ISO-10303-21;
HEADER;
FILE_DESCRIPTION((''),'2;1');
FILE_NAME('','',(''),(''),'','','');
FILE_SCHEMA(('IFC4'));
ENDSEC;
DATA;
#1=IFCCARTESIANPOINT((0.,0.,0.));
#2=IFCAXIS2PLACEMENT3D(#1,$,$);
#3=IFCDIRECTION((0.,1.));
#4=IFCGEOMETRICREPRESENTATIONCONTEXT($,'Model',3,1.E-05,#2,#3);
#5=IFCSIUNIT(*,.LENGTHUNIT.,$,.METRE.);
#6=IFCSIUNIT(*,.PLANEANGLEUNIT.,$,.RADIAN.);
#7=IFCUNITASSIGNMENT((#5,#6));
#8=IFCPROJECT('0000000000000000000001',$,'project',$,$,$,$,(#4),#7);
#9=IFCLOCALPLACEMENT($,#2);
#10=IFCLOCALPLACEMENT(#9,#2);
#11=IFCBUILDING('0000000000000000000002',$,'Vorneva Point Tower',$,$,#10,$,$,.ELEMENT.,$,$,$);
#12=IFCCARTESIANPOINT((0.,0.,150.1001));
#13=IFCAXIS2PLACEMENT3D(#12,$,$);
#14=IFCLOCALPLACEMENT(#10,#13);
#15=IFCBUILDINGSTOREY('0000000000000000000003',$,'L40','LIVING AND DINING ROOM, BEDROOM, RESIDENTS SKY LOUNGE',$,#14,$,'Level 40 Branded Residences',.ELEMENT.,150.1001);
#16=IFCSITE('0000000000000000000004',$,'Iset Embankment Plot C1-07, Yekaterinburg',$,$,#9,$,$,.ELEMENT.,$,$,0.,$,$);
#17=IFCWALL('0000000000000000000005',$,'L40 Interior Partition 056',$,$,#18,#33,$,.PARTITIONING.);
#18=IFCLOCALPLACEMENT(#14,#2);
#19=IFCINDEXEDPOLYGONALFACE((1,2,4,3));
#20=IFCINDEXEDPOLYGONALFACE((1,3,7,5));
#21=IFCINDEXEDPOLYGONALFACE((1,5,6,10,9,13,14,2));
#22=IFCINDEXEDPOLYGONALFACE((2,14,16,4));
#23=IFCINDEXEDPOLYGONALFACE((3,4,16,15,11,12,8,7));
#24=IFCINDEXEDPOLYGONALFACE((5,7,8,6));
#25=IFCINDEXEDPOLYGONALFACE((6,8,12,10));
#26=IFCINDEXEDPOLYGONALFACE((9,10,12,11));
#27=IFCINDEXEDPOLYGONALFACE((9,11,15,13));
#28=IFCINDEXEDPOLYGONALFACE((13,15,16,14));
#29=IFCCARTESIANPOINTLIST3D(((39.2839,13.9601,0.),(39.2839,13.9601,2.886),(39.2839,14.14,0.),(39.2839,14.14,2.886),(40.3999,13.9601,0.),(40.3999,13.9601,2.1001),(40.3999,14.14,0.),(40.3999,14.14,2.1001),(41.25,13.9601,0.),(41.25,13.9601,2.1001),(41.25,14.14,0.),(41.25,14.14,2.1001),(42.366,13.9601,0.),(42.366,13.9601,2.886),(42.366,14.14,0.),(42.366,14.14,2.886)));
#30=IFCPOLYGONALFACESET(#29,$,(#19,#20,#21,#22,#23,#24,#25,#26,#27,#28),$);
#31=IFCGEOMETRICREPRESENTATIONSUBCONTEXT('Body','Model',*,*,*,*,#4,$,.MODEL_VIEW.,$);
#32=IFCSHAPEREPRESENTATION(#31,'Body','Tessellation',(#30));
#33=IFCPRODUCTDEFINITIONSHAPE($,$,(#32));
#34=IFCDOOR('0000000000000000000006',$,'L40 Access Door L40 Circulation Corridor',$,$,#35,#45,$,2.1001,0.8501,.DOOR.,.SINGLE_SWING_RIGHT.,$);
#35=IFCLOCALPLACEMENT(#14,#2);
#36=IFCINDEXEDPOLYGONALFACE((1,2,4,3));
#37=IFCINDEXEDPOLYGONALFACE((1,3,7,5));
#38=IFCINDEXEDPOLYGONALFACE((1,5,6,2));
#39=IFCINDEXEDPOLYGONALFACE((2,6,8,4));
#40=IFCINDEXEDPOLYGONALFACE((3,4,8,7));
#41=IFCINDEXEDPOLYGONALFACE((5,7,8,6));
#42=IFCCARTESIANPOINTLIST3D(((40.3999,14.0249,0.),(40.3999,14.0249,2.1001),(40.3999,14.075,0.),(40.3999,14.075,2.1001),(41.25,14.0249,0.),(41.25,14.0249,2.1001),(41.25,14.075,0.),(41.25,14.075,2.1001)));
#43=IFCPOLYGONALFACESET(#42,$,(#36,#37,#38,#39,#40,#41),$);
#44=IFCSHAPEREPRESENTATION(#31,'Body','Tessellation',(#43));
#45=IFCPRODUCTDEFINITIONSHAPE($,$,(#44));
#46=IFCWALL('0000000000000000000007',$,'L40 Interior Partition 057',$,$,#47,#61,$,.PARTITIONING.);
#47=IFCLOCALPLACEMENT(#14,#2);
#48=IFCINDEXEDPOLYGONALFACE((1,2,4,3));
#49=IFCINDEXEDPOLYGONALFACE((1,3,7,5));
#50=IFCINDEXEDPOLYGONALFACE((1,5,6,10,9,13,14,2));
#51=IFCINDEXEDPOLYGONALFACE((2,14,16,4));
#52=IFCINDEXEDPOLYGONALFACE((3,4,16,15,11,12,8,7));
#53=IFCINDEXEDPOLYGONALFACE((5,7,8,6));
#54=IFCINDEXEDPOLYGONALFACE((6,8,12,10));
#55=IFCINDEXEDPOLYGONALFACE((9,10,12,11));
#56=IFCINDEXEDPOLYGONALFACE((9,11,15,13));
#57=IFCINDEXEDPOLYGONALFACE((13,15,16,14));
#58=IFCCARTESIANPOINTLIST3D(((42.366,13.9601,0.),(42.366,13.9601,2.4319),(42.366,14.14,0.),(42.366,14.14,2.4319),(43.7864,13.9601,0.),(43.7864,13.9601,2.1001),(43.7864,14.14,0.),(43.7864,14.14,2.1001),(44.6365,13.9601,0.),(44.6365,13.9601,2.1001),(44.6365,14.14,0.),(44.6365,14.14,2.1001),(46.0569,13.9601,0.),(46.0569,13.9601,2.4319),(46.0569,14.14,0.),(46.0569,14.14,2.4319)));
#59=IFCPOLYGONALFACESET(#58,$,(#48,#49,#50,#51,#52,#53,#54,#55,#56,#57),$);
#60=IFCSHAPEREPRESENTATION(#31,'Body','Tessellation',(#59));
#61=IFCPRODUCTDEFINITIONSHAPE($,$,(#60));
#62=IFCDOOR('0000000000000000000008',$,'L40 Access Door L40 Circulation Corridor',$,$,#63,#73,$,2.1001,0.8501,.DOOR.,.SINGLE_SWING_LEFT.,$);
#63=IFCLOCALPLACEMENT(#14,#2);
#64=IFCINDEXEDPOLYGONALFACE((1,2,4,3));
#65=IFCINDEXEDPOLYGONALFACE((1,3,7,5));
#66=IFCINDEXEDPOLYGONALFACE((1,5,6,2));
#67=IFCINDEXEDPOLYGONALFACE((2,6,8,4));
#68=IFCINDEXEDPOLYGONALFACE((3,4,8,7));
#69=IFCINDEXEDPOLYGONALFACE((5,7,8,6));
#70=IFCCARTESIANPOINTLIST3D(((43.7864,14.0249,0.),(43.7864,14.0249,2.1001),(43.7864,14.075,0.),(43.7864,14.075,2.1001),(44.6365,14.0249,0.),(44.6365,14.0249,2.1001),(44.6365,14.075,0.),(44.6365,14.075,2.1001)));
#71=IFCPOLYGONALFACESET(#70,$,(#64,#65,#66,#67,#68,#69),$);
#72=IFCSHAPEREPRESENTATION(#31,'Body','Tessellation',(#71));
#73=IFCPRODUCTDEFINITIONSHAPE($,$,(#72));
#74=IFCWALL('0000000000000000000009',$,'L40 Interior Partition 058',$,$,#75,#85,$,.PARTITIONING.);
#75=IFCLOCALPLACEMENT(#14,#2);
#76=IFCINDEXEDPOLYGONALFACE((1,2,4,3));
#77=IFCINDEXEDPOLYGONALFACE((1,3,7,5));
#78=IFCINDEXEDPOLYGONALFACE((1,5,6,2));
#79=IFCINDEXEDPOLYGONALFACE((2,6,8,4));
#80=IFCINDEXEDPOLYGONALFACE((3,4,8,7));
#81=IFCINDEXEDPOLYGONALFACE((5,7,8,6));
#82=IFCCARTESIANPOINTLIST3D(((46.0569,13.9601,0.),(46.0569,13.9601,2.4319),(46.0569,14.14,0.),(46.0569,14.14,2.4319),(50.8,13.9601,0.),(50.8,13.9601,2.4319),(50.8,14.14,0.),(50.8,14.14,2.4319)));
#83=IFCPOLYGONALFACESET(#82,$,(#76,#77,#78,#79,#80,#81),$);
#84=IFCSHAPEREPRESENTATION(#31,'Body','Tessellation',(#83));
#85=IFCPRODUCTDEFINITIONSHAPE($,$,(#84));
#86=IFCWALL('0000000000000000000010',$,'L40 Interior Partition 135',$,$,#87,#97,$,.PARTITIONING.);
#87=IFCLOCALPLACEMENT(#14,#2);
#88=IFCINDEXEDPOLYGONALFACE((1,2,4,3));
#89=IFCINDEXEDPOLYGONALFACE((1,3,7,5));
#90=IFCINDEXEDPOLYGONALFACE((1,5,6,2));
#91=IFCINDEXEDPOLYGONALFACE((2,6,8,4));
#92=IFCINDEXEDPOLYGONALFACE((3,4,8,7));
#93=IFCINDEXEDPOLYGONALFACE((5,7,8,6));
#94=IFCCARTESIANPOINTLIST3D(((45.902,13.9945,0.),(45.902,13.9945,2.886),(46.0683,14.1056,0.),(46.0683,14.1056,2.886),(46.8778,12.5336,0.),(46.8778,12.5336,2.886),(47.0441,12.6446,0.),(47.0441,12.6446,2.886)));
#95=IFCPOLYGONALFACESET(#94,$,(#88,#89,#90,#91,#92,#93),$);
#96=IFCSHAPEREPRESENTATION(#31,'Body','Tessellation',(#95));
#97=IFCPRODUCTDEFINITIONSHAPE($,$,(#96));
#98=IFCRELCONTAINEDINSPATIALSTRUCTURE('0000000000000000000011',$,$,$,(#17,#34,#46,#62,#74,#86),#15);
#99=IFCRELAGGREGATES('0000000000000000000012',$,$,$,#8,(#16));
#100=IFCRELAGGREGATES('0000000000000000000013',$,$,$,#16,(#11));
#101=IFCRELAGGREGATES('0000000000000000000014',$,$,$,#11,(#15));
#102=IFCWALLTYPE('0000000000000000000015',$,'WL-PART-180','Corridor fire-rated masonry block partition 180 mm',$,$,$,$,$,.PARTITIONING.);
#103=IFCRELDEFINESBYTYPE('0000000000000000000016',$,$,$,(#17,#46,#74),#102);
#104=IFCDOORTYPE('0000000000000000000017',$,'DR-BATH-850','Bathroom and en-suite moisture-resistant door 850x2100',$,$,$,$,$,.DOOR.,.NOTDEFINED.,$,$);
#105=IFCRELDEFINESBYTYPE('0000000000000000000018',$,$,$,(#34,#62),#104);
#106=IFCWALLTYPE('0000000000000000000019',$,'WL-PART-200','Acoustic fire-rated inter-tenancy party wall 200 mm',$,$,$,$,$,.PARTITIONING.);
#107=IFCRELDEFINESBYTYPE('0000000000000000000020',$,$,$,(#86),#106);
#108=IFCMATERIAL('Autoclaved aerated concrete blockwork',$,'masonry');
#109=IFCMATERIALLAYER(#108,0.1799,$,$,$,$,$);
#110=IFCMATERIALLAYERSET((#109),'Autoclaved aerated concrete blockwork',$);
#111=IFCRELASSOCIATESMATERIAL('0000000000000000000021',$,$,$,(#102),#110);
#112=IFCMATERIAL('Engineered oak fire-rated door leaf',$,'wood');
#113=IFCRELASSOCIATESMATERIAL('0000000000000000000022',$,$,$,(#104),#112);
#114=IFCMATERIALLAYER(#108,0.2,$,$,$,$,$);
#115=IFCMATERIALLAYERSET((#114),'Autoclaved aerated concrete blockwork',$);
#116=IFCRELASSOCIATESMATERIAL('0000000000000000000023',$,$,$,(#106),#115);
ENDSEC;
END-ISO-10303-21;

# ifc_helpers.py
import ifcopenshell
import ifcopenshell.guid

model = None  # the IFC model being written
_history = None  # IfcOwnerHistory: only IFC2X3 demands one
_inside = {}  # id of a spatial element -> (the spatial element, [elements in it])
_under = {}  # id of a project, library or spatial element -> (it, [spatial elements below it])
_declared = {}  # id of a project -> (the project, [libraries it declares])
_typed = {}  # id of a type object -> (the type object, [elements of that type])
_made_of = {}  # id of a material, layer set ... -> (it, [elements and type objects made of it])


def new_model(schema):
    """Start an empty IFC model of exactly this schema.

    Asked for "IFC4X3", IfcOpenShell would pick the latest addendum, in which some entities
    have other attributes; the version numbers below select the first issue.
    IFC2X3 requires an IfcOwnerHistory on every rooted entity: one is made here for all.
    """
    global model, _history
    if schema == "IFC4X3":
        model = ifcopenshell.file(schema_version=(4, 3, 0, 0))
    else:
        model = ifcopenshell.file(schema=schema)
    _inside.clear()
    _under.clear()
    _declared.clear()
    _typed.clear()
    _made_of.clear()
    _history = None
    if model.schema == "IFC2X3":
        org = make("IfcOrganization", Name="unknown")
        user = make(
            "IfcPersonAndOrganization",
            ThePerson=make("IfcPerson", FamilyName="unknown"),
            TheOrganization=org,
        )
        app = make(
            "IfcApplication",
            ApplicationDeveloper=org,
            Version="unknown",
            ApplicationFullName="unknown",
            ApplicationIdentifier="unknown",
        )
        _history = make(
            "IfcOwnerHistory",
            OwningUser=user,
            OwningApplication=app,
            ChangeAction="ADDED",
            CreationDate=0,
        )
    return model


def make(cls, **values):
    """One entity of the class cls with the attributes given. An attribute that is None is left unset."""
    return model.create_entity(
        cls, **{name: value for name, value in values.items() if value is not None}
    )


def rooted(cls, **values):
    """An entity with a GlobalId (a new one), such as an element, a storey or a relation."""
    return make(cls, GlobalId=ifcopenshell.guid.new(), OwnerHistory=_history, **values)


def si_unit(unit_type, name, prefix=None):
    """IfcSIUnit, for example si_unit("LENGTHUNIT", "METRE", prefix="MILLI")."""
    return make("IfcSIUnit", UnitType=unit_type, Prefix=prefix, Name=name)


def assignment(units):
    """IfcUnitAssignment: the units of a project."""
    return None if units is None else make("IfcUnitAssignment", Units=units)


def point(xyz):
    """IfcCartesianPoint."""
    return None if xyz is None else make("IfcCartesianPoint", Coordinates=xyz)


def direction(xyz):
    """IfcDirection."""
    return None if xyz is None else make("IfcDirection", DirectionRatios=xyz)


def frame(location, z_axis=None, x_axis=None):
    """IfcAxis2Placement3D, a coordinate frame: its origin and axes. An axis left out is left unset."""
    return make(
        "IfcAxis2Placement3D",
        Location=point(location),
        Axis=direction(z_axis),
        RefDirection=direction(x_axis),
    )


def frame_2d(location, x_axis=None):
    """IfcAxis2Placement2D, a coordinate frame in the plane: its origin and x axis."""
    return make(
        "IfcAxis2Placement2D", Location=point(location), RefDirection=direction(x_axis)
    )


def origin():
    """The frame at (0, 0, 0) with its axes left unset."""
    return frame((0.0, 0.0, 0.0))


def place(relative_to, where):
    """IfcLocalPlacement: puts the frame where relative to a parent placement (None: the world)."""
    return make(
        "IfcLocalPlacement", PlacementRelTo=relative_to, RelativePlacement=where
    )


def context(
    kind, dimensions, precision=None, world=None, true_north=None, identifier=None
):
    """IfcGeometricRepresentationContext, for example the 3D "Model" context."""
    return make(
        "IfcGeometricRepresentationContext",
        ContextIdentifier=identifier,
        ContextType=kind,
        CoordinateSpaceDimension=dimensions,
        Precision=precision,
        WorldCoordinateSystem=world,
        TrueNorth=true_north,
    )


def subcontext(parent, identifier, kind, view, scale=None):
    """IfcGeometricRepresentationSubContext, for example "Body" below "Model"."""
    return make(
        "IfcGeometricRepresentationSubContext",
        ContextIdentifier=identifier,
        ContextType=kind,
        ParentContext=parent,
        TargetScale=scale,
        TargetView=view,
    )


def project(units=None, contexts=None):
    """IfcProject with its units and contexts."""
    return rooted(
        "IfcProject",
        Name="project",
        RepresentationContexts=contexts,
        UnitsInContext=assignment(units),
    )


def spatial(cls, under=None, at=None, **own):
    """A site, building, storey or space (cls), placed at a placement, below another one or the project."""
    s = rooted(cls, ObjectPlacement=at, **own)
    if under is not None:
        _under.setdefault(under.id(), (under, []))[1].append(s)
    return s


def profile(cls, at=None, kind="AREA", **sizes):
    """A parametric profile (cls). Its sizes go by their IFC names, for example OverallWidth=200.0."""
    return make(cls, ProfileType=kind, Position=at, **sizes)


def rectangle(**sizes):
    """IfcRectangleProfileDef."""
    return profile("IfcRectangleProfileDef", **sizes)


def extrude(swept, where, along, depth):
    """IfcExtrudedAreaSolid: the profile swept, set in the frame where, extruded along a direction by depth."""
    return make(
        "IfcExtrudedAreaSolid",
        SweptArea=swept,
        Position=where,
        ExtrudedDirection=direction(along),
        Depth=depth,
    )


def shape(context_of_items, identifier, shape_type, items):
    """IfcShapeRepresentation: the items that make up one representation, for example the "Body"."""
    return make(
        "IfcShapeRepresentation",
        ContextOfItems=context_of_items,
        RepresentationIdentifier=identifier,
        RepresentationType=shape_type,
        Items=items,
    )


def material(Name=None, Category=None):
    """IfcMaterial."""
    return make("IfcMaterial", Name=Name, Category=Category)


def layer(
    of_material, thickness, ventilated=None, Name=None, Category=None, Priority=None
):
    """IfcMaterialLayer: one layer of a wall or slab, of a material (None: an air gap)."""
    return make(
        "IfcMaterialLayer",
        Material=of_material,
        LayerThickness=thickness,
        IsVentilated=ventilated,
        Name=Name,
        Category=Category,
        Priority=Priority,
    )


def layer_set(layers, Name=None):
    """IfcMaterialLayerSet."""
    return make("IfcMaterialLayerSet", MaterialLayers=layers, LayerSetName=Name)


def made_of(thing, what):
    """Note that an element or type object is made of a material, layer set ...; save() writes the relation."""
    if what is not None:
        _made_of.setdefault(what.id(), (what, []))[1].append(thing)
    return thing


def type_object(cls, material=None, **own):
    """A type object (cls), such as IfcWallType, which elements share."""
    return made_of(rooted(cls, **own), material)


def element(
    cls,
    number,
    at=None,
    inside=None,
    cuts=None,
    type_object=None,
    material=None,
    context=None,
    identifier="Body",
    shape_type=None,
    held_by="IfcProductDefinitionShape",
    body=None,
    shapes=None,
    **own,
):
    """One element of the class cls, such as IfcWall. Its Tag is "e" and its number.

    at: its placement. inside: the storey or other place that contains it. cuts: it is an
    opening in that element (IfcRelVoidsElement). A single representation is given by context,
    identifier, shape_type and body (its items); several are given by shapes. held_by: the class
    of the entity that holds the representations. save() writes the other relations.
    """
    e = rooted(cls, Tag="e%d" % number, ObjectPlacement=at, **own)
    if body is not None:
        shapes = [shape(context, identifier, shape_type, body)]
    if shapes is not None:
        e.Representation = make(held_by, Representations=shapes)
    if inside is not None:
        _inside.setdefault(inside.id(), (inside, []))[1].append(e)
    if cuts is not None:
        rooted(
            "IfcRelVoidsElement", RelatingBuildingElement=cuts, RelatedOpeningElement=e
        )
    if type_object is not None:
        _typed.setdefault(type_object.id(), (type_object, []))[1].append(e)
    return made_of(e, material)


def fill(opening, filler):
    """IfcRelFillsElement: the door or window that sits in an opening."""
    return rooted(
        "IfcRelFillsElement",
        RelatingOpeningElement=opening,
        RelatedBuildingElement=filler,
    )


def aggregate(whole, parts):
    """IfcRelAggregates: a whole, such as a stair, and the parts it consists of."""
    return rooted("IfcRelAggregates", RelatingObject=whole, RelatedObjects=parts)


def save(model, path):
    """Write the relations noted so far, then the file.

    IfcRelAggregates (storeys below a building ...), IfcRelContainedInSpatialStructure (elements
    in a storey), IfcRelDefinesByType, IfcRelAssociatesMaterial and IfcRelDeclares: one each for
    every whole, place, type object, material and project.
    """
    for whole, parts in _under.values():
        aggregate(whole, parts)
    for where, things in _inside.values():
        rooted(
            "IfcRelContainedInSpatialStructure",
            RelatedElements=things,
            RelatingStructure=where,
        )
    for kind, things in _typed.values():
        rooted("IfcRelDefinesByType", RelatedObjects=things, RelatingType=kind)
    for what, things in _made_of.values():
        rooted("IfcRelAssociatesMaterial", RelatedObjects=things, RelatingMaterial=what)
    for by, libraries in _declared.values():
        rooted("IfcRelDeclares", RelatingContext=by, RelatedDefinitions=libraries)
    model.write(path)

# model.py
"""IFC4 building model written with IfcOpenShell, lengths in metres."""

from ifc_helpers import new_model, si_unit, direction, frame, frame_2d, origin, place, context, subcontext, project, spatial, rectangle, extrude, material, layer, layer_set, type_object, element, fill, save


model = new_model("IFC4")

# Units and contexts
model_context = context("Model", 3, precision=1e-05, world=origin(), true_north=direction((0.0, 1.0)))
body_context = subcontext(model_context, "Body", "Model", "MODEL_VIEW")
ifc_project = project(units=[si_unit("LENGTHUNIT", "METRE"), si_unit("PLANEANGLEUNIT", "RADIAN")], contexts=[model_context])

# Site, building, storey
site_placement = place(None, origin())
site = spatial("IfcSite", under=ifc_project, at=site_placement, Name="Iset Embankment Plot C1-07, Yekaterinburg", CompositionType="ELEMENT", RefElevation=0.0)
building_placement = place(site_placement, origin())
building = spatial("IfcBuilding", under=site, at=building_placement, Name="Vorneva Point Tower", CompositionType="ELEMENT")
storey_placement = place(building_placement, frame((0.0, 0.0, 150.1001)))
storey = spatial("IfcBuildingStorey", under=building, at=storey_placement, Name="L40", Description="LIVING AND DINING ROOM, BEDROOM, RESIDENTS SKY LOUNGE", LongName="Level 40 Branded Residences", CompositionType="ELEMENT", Elevation=150.1001)

# Walls, openings, doors
ifc_material_1 = material(Name="Autoclaved aerated concrete blockwork", Category="masonry")
ifc_layer_1 = layer(ifc_material_1, 0.1799)
ifc_layer_set_1 = layer_set([ifc_layer_1], Name="Autoclaved aerated concrete blockwork")
wall_type_1 = type_object("IfcWallType", Name="WL-PART-180", Description="Corridor fire-rated masonry block partition 180 mm", PredefinedType="PARTITIONING", material=ifc_layer_set_1)
wall_1_placement = place(storey_placement, frame((39.2839, 14.05, 0.0), z_axis=(0.0, 0.0, 1.0), x_axis=(1.0, 0.0, 0.0)))
wall_1 = element("IfcWall", 1, at=wall_1_placement, inside=storey, type_object=wall_type_1, Name="L40 Interior Partition 056", PredefinedType="PARTITIONING", context=body_context, shape_type="SweptSolid", body=[
    extrude(rectangle(XDim=3.082, YDim=0.1799, at=frame_2d((1.541, 0.0))), origin(), (0.0, 0.0, 1.0), 2.886),
])
opening_1_placement = place(wall_1_placement, frame((1.116, 0.0, 0.0)))
opening_1 = element("IfcOpeningElement", 2, at=opening_1_placement, cuts=wall_1, PredefinedType="OPENING", context=body_context, shape_type="SweptSolid", body=[
    extrude(rectangle(XDim=0.8501, YDim=2.1001, at=frame_2d((0.425, 1.05))), frame((0.0, 0.105, 0.0), z_axis=(0.0, -1.0, 0.0), x_axis=(1.0, 0.0, 0.0)), (0.0, 0.0, 1.0), 0.2097),
])
ifc_material_2 = material(Name="Engineered oak fire-rated door leaf", Category="wood")
door_type_1 = type_object("IfcDoorType", Name="DR-BATH-850", Description="Bathroom and en-suite moisture-resistant door 850x2100", OperationType="NOTDEFINED", PredefinedType="DOOR", material=ifc_material_2)
door_1_placement = place(opening_1_placement, origin())
door_1 = element("IfcDoor", 3, at=door_1_placement, inside=storey, type_object=door_type_1, Name="L40 Access Door L40 Circulation Corridor", OperationType="SINGLE_SWING_RIGHT", OverallHeight=2.1001, OverallWidth=0.8501, PredefinedType="DOOR", context=body_context, shape_type="SweptSolid", body=[
    extrude(rectangle(XDim=0.8501, YDim=2.1001, at=frame_2d((0.425, 1.05))), frame((0.0, 0.0249, 0.0), z_axis=(0.0, -1.0, 0.0), x_axis=(1.0, 0.0, 0.0)), (0.0, 0.0, 1.0), 0.05),
])
fill(opening_1, door_1)
wall_2_placement = place(storey_placement, frame((42.366, 14.05, 0.0), z_axis=(0.0, 0.0, 1.0), x_axis=(1.0, 0.0, 0.0)))
wall_2 = element("IfcWall", 4, at=wall_2_placement, inside=storey, type_object=wall_type_1, Name="L40 Interior Partition 057", PredefinedType="PARTITIONING", context=body_context, shape_type="SweptSolid", body=[
    extrude(rectangle(XDim=3.6909, YDim=0.1799, at=frame_2d((1.8455, 0.0))), origin(), (0.0, 0.0, 1.0), 2.4319),
])
opening_2_placement = place(wall_2_placement, frame((1.4204, 0.0, 0.0)))
opening_2 = element("IfcOpeningElement", 5, at=opening_2_placement, cuts=wall_2, PredefinedType="OPENING", context=body_context, shape_type="SweptSolid", body=[
    extrude(rectangle(XDim=0.8501, YDim=2.1001, at=frame_2d((0.425, 1.05))), frame((0.0, 0.105, 0.0), z_axis=(0.0, -1.0, 0.0), x_axis=(1.0, 0.0, 0.0)), (0.0, 0.0, 1.0), 0.2097),
])
door_2_placement = place(opening_2_placement, origin())
door_2 = element("IfcDoor", 6, at=door_2_placement, inside=storey, type_object=door_type_1, Name="L40 Access Door L40 Circulation Corridor", OperationType="SINGLE_SWING_LEFT", OverallHeight=2.1001, OverallWidth=0.8501, PredefinedType="DOOR", context=body_context, shape_type="SweptSolid", body=[
    extrude(rectangle(XDim=0.8501, YDim=2.1001, at=frame_2d((0.425, 1.05))), frame((0.0, 0.0249, 0.0), z_axis=(0.0, -1.0, 0.0), x_axis=(1.0, 0.0, 0.0)), (0.0, 0.0, 1.0), 0.05),
])
fill(opening_2, door_2)

# Walls
wall_3_placement = place(storey_placement, frame((46.0569, 14.05, 0.0), z_axis=(0.0, 0.0, 1.0), x_axis=(1.0, 0.0, 0.0)))
element("IfcWall", 7, at=wall_3_placement, inside=storey, type_object=wall_type_1, Name="L40 Interior Partition 058", PredefinedType="PARTITIONING", context=body_context, shape_type="SweptSolid", body=[
    extrude(rectangle(XDim=4.7432, YDim=0.1799, at=frame_2d((2.3716, 0.0))), origin(), (0.0, 0.0, 1.0), 2.4319),
])
ifc_layer_2 = layer(ifc_material_1, 0.2)
ifc_layer_set_2 = layer_set([ifc_layer_2], Name="Autoclaved aerated concrete blockwork")
wall_type_2 = type_object("IfcWallType", Name="WL-PART-200", Description="Acoustic fire-rated inter-tenancy party wall 200 mm", PredefinedType="PARTITIONING", material=ifc_layer_set_2)
wall_4_placement = place(storey_placement, frame((46.9609, 12.5891, 0.0), z_axis=(0.0, 0.0, 1.0), x_axis=(-0.555438, 0.831558, 0.0)))
element("IfcWall", 8, at=wall_4_placement, inside=storey, type_object=wall_type_2, Name="L40 Interior Partition 135", PredefinedType="PARTITIONING", context=body_context, shape_type="SweptSolid", body=[
    extrude(rectangle(XDim=1.7568, YDim=0.2, at=frame_2d((0.8784, 0.0))), origin(), (0.0, 0.0, 1.0), 2.886),
])

save(model, "model.ifc")
